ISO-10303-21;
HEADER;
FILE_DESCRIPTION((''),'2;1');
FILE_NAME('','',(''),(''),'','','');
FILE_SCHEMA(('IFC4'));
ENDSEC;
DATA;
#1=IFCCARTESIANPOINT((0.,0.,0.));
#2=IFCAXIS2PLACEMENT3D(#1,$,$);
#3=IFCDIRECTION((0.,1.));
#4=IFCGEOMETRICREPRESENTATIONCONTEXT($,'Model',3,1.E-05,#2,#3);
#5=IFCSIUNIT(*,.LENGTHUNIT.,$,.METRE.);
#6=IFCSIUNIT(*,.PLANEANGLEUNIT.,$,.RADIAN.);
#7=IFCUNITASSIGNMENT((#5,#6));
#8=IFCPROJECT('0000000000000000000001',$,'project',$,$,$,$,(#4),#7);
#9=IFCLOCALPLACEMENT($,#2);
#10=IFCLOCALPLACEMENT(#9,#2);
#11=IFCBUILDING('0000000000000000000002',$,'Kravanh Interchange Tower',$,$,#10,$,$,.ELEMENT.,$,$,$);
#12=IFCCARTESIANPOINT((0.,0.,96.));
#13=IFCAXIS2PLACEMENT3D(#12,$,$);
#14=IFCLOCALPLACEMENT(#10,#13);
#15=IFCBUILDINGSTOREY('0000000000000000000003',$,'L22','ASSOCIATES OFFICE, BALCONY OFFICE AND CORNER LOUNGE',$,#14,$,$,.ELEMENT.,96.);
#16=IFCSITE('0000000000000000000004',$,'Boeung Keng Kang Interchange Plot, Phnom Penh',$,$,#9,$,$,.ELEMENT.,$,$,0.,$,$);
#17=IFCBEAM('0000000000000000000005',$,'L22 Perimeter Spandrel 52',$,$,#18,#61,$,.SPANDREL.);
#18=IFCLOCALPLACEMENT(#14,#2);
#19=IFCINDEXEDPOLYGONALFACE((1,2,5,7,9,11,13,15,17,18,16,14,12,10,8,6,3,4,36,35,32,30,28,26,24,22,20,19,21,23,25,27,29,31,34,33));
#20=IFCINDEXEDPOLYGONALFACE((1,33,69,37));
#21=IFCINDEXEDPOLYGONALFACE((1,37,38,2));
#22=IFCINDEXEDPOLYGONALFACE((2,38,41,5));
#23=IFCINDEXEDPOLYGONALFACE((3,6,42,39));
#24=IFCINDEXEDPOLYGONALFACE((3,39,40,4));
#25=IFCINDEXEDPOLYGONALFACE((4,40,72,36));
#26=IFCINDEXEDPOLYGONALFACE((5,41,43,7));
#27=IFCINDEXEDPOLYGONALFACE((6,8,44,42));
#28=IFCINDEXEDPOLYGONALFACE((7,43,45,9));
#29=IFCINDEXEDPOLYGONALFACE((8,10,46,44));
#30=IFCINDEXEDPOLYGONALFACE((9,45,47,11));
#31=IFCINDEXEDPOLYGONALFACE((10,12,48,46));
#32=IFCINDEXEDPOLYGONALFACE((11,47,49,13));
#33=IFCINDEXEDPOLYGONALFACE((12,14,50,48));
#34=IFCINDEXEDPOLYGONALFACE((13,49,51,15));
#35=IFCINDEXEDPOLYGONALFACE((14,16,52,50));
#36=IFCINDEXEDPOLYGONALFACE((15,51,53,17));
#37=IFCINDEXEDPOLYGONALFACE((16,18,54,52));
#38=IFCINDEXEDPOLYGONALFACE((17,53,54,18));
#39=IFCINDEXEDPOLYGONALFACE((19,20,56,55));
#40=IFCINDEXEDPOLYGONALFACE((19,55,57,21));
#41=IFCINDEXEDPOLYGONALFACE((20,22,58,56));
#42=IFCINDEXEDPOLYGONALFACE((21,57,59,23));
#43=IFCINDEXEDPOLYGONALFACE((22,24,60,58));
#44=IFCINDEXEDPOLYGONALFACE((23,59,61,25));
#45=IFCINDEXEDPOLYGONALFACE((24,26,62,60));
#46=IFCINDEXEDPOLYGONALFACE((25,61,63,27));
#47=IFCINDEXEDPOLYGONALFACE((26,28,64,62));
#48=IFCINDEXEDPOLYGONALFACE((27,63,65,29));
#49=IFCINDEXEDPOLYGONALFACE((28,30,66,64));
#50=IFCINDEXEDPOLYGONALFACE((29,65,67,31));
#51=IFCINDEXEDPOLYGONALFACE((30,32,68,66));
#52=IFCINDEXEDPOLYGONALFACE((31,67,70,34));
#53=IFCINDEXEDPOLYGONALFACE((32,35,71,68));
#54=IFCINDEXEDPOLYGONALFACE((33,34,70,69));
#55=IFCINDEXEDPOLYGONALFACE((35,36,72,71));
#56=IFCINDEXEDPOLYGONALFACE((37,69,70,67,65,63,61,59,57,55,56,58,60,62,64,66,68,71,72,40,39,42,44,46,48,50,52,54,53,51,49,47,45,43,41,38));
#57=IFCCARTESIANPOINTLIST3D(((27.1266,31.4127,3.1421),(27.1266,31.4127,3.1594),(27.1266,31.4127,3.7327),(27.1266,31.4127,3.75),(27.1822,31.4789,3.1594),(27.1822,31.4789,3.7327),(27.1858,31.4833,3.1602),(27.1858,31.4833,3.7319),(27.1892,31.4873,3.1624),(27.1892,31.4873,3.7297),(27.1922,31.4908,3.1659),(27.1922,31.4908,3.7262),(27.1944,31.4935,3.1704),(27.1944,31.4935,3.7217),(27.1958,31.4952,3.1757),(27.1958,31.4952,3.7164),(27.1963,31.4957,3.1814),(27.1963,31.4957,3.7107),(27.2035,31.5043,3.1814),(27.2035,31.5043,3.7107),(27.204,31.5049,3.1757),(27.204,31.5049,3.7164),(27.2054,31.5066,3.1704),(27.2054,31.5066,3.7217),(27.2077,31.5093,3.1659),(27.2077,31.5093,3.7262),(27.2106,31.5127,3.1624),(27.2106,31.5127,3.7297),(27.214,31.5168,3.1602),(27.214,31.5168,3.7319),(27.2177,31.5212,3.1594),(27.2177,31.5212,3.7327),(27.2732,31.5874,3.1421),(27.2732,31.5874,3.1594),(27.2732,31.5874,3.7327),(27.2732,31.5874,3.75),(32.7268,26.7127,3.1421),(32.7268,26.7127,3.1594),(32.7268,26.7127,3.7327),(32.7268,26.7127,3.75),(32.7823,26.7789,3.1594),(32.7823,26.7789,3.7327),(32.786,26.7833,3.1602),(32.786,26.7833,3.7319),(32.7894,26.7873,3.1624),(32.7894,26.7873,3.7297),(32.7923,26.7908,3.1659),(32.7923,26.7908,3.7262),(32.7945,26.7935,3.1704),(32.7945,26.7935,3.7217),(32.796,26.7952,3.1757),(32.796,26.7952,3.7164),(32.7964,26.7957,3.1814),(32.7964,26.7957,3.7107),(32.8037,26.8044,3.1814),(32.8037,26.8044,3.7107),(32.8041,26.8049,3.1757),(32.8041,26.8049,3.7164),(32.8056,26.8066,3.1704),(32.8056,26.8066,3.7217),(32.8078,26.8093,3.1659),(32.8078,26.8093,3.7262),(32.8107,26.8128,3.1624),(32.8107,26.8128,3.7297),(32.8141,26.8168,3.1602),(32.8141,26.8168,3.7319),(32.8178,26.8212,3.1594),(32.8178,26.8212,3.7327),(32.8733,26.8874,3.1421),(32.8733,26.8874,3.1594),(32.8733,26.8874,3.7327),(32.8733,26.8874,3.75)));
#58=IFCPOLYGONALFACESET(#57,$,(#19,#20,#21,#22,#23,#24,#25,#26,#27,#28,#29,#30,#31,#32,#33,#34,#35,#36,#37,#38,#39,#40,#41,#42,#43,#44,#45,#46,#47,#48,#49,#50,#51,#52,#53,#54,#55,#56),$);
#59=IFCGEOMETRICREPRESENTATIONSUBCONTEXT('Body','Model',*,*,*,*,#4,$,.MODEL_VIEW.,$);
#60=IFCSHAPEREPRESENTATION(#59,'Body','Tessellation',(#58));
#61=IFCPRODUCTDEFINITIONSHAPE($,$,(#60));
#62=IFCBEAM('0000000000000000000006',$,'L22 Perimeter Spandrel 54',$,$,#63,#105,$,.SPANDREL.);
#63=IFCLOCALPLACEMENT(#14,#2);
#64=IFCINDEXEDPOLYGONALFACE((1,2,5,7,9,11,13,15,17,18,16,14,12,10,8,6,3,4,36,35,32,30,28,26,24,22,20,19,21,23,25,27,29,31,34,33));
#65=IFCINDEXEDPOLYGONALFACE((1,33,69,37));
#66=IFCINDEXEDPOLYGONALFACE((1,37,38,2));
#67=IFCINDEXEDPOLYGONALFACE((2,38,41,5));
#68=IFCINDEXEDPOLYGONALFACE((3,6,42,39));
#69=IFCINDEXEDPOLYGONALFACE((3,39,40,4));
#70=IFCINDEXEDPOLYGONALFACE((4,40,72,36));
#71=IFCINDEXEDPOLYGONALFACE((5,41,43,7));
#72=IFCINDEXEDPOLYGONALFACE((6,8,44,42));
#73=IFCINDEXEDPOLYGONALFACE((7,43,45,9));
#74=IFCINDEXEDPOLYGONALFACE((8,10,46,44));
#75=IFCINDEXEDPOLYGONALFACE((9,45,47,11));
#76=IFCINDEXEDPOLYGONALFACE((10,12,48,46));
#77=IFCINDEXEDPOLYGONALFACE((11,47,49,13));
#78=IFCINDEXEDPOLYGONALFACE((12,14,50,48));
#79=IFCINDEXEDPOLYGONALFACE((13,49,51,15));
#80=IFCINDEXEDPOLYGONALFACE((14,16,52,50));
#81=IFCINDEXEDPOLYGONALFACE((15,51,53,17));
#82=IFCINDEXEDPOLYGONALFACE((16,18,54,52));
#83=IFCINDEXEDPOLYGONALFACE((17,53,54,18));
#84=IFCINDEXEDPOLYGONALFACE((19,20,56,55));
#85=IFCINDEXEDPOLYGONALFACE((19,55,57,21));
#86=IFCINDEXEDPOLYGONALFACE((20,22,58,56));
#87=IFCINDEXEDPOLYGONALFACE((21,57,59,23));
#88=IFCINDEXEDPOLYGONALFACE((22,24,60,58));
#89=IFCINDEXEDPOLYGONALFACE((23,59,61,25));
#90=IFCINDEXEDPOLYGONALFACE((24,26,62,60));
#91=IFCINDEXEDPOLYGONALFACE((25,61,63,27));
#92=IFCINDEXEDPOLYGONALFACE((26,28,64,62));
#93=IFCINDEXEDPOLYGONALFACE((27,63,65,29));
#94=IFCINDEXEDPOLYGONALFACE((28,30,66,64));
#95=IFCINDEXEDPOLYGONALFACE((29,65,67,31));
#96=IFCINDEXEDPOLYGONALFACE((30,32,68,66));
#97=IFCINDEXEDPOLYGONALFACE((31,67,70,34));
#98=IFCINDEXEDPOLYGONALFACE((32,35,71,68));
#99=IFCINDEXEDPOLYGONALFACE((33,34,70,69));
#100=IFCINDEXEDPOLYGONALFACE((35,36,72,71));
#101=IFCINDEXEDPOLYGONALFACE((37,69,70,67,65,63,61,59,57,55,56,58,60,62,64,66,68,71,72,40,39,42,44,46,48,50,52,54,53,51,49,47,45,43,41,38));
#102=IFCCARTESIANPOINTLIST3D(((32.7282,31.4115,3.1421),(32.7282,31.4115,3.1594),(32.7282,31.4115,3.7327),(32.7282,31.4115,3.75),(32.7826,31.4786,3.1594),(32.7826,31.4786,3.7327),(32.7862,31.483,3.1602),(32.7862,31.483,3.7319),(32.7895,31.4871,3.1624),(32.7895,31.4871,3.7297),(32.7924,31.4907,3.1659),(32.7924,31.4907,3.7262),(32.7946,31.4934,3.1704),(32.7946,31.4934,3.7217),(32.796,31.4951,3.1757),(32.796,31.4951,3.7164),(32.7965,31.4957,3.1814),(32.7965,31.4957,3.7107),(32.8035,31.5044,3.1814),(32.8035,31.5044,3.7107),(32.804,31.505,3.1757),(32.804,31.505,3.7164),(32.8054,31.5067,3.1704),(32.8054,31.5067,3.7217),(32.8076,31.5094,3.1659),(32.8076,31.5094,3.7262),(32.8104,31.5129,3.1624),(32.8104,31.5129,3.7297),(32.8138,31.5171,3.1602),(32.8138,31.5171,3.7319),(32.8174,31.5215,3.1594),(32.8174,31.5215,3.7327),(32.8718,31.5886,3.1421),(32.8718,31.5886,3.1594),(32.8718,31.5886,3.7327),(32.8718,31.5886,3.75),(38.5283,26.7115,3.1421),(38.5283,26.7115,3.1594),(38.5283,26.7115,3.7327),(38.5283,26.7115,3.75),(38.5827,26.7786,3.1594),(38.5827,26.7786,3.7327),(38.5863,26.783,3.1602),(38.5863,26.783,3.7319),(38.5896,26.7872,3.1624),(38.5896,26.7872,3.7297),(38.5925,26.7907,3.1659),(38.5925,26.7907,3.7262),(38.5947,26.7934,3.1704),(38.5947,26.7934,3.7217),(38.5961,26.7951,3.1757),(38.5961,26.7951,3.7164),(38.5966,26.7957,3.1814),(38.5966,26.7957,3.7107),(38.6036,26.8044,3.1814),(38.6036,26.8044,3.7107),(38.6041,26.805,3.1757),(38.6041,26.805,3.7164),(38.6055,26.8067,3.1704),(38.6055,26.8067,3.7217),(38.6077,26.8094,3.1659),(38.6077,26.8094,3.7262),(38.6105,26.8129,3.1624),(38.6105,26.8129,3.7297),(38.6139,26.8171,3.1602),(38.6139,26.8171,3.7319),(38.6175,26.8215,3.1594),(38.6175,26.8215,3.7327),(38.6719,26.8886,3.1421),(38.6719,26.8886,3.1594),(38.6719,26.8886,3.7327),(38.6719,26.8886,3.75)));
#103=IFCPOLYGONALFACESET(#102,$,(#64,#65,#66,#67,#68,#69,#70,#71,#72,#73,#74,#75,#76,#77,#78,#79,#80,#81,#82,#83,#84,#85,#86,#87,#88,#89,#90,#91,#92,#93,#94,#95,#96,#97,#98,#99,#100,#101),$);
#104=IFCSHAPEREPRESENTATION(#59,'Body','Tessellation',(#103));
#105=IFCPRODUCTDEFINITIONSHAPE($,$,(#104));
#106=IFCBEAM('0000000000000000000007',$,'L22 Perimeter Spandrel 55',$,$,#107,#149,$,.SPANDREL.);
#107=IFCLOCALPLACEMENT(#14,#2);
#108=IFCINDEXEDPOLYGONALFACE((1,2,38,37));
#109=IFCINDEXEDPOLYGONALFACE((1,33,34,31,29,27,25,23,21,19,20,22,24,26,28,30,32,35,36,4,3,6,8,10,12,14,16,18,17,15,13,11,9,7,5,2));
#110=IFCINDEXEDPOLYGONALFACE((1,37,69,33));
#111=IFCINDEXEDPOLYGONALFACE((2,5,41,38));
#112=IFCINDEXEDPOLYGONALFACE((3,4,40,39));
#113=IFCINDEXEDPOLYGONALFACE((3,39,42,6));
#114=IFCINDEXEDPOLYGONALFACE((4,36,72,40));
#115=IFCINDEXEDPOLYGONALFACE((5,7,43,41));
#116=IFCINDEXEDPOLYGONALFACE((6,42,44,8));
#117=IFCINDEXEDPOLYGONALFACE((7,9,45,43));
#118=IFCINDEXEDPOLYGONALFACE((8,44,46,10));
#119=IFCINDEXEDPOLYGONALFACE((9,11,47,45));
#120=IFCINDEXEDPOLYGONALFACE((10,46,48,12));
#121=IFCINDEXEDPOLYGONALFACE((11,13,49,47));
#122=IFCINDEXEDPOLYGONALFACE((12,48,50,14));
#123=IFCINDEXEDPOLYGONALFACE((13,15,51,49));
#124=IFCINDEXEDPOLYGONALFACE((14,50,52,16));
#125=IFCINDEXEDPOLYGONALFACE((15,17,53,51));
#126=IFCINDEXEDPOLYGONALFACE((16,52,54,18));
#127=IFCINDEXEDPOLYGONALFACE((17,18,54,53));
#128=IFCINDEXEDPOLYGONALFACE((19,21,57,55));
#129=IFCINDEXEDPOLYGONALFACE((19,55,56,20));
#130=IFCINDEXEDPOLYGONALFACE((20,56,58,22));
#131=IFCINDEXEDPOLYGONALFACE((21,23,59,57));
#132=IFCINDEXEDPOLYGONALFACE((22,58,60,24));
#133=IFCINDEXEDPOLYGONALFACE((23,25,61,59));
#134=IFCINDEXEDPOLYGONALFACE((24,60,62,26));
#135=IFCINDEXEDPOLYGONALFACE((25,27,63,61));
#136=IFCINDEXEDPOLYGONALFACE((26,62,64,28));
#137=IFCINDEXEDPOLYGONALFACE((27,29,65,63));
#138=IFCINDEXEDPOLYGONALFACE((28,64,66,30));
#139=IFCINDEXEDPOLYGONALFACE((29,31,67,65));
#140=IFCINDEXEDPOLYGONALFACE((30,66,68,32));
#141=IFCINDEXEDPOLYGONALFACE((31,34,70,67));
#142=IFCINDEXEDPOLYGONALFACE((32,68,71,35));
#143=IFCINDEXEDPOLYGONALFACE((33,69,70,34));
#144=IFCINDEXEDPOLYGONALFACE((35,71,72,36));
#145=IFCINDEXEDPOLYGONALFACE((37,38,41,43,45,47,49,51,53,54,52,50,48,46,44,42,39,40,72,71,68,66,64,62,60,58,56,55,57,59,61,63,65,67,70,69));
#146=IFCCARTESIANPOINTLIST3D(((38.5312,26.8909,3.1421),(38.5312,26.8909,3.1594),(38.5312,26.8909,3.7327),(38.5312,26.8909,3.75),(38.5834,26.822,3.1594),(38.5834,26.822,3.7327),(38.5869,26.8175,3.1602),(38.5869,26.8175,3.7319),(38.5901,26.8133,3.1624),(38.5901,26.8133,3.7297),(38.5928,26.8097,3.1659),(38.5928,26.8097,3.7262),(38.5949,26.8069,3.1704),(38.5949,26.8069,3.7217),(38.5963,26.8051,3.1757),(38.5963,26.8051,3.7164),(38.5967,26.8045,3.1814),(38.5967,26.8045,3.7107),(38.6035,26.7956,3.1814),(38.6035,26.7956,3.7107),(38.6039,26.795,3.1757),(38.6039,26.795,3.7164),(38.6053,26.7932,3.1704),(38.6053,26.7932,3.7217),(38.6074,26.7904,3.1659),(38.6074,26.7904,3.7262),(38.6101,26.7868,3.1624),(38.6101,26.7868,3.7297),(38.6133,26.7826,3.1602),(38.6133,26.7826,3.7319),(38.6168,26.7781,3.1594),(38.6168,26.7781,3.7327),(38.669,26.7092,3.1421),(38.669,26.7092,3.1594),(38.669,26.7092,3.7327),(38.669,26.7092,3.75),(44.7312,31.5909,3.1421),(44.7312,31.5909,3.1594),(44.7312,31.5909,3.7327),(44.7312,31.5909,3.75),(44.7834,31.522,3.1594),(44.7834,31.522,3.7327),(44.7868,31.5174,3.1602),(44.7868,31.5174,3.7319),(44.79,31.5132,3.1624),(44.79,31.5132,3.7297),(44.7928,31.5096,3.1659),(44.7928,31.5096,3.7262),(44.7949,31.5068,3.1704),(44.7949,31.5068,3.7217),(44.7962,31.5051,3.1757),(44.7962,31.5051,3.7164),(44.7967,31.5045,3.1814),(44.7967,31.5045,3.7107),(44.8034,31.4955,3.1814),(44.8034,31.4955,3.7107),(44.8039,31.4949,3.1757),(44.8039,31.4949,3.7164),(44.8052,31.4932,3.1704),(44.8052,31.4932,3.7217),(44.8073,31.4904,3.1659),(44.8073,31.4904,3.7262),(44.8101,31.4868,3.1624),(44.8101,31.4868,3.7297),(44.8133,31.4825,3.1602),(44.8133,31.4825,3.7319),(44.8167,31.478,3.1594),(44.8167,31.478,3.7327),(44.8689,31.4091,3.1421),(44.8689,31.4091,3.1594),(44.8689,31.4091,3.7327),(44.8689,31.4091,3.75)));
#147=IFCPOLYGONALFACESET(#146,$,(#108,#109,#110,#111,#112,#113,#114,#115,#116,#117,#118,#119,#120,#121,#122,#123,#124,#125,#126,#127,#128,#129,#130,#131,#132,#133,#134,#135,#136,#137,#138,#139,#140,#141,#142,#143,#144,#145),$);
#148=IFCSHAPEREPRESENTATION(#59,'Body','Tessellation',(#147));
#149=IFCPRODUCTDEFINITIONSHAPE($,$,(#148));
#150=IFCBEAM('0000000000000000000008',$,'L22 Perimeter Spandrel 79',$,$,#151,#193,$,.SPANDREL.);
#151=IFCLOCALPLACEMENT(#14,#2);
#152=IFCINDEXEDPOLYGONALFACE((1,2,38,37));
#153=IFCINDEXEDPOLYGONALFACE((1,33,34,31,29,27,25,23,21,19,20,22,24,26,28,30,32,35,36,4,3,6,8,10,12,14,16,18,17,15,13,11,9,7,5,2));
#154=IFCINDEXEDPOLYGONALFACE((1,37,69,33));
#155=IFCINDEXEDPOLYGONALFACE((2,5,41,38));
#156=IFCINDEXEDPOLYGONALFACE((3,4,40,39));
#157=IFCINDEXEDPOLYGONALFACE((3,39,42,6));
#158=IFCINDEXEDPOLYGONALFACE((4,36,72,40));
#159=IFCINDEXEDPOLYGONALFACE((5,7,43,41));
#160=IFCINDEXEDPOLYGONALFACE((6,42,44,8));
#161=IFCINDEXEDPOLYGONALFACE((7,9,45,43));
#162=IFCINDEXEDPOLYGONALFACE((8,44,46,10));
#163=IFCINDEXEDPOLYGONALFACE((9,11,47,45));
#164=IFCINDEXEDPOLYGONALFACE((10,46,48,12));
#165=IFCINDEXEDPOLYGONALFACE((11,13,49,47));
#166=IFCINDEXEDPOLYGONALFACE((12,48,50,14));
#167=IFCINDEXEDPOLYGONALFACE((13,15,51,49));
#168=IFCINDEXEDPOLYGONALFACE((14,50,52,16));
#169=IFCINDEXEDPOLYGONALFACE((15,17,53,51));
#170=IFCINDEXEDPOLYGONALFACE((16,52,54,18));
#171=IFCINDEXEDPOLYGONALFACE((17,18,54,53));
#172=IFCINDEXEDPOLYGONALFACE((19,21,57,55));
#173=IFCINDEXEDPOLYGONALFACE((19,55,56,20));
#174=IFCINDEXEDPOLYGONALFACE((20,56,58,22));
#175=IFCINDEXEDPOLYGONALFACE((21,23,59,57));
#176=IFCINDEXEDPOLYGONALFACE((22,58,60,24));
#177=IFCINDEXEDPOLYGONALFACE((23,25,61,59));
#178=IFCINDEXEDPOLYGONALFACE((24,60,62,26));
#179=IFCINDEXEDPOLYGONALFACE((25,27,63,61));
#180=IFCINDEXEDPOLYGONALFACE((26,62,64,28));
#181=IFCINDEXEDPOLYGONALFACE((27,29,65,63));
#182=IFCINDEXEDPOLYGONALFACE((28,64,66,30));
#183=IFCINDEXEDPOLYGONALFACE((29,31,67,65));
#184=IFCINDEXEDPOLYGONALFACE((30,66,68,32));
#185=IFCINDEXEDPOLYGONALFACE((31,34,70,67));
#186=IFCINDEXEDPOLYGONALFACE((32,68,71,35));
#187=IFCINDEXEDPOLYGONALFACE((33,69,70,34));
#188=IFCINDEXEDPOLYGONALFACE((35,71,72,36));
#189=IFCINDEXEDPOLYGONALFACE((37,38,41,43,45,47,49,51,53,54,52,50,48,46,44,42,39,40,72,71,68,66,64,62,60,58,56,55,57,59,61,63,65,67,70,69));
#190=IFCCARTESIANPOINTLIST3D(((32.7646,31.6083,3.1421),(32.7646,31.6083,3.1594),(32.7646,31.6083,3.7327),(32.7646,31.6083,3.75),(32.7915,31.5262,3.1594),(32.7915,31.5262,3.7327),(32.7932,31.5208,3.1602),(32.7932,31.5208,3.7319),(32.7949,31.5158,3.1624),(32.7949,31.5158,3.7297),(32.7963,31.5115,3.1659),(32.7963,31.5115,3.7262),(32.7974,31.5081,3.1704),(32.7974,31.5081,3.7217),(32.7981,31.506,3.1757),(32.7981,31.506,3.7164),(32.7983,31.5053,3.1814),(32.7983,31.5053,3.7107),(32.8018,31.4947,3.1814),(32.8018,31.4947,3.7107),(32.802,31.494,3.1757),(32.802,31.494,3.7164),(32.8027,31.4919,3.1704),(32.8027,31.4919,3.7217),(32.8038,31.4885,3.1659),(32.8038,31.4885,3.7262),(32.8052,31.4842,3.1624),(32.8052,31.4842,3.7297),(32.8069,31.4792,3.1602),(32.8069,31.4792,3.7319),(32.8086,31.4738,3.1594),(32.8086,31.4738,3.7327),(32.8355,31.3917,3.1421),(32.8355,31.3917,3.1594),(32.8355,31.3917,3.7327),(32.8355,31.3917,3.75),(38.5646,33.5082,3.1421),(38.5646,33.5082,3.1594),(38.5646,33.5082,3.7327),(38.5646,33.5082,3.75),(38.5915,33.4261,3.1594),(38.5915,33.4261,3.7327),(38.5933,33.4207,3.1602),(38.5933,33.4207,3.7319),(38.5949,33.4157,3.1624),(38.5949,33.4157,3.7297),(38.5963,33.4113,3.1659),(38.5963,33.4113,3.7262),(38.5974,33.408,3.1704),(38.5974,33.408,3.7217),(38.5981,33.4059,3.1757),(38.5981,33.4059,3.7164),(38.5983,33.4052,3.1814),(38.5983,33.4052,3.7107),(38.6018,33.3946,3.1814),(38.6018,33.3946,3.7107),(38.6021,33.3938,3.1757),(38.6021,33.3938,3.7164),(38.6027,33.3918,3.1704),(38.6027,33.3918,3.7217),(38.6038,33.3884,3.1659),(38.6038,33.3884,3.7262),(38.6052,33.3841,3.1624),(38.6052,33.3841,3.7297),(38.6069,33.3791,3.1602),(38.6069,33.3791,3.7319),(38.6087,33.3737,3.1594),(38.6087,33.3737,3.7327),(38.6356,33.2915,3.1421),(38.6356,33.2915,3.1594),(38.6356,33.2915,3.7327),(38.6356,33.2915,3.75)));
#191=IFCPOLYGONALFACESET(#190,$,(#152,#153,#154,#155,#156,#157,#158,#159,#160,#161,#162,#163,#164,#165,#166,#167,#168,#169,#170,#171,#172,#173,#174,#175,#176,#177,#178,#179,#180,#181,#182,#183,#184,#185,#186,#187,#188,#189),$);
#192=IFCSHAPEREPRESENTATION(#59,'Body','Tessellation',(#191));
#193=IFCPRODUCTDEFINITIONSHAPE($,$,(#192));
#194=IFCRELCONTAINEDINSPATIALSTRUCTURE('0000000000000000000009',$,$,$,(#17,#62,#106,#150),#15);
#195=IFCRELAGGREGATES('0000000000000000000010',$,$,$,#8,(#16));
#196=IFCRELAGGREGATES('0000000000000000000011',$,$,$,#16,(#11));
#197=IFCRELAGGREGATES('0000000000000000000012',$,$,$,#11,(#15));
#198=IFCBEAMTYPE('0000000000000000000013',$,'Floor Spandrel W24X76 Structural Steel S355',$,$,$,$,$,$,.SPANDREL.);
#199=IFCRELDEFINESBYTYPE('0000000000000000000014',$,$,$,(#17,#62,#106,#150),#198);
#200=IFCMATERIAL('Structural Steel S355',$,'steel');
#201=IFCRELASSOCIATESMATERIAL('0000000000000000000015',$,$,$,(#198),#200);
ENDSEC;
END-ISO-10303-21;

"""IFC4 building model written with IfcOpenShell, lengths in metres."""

from ifc_helpers import new_model, si_unit, direction, frame, origin, origin_2d, place, context, subcontext, project, spatial, i_section, extrude, material, material_profile, profile_set, type_object, element, save


model = new_model("IFC4")

# Units and contexts
model_context = context("Model", 3, precision=1e-05, world=origin(), true_north=direction((0.0, 1.0)))
body_context = subcontext(model_context, "Body", "Model", "MODEL_VIEW")
ifc_project = project(units=[si_unit("LENGTHUNIT", "METRE"), si_unit("PLANEANGLEUNIT", "RADIAN")], contexts=[model_context])

# Site, building, storey
site_placement = place(None, origin())
site = spatial("IfcSite", under=ifc_project, at=site_placement, Name="Boeung Keng Kang Interchange Plot, Phnom Penh", CompositionType="ELEMENT", RefElevation=0.0)
building_placement = place(site_placement, origin())
building = spatial("IfcBuilding", under=site, at=building_placement, Name="Kravanh Interchange Tower", CompositionType="ELEMENT")
storey_placement = place(building_placement, frame((0.0, 0.0, 96.0)))
storey = spatial("IfcBuildingStorey", under=building, at=storey_placement, Name="L22", Description="ASSOCIATES OFFICE, BALCONY OFFICE AND CORNER LOUNGE", CompositionType="ELEMENT", Elevation=96.0)

# Beams
ifc_material_1 = material(Name="Structural Steel S355", Category="steel")
ifc_material_profile_1 = material_profile(ifc_material_1, i_section(OverallWidth=0.228, OverallDepth=0.6079, WebThickness=0.0112, FlangeThickness=0.0173, FilletRadius=0.022, at=origin_2d()), Name="W24X76")
ifc_profile_set_1 = profile_set([ifc_material_profile_1], Name="Structural Steel S355")
beam_type_1 = type_object("IfcBeamType", Name="Floor Spandrel W24X76 Structural Steel S355", PredefinedType="SPANDREL", material=ifc_profile_set_1)
beam_1_placement = place(storey_placement, frame((32.8, 26.8, 3.446), z_axis=(-0.765983, 0.642861, 0.0), x_axis=(-0.642861, -0.765983, 0.0)))
element("IfcBeam", 1, at=beam_1_placement, inside=storey, type_object=beam_type_1, Name="L22 Perimeter Spandrel 52", PredefinedType="SPANDREL", context=body_context, shape_type="SweptSolid", body=[
    extrude(i_section(OverallWidth=0.228, OverallDepth=0.6079, WebThickness=0.0112, FlangeThickness=0.0173, FilletRadius=0.022, at=origin_2d()), origin(), (0.0, 0.0, 1.0), 7.311),
])
beam_2_placement = place(storey_placement, frame((38.6001, 26.8, 3.446), z_axis=(-0.776939, 0.629576, 0.0), x_axis=(-0.629576, -0.776939, 0.0)))
element("IfcBeam", 2, at=beam_2_placement, inside=storey, type_object=beam_type_1, Name="L22 Perimeter Spandrel 54", PredefinedType="SPANDREL", context=body_context, shape_type="SweptSolid", body=[
    extrude(i_section(OverallWidth=0.228, OverallDepth=0.6079, WebThickness=0.0112, FlangeThickness=0.0173, FilletRadius=0.022, at=origin_2d()), origin(), (0.0, 0.0, 1.0), 7.4653),
])
beam_3_placement = place(storey_placement, frame((38.6001, 26.8, 3.446), z_axis=(0.796905, 0.604104, 0.0), x_axis=(-0.604104, 0.796905, 0.0)))
element("IfcBeam", 3, at=beam_3_placement, inside=storey, type_object=beam_type_1, Name="L22 Perimeter Spandrel 55", PredefinedType="SPANDREL", context=body_context, shape_type="SweptSolid", body=[
    extrude(i_section(OverallWidth=0.228, OverallDepth=0.6079, WebThickness=0.0112, FlangeThickness=0.0173, FilletRadius=0.022, at=origin_2d()), origin(), (0.0, 0.0, 1.0), 7.78),
])
beam_4_placement = place(storey_placement, frame((32.8, 31.5, 3.446), z_axis=(0.950315, 0.311291, 0.0), x_axis=(-0.311291, 0.950315, 0.0)))
element("IfcBeam", 4, at=beam_4_placement, inside=storey, type_object=beam_type_1, Name="L22 Perimeter Spandrel 79", PredefinedType="SPANDREL", context=body_context, shape_type="SweptSolid", body=[
    extrude(i_section(OverallWidth=0.228, OverallDepth=0.6079, WebThickness=0.0112, FlangeThickness=0.0173, FilletRadius=0.022, at=origin_2d()), origin(), (0.0, 0.0, 1.0), 6.1033),
])

save(model, "model.ifc")
